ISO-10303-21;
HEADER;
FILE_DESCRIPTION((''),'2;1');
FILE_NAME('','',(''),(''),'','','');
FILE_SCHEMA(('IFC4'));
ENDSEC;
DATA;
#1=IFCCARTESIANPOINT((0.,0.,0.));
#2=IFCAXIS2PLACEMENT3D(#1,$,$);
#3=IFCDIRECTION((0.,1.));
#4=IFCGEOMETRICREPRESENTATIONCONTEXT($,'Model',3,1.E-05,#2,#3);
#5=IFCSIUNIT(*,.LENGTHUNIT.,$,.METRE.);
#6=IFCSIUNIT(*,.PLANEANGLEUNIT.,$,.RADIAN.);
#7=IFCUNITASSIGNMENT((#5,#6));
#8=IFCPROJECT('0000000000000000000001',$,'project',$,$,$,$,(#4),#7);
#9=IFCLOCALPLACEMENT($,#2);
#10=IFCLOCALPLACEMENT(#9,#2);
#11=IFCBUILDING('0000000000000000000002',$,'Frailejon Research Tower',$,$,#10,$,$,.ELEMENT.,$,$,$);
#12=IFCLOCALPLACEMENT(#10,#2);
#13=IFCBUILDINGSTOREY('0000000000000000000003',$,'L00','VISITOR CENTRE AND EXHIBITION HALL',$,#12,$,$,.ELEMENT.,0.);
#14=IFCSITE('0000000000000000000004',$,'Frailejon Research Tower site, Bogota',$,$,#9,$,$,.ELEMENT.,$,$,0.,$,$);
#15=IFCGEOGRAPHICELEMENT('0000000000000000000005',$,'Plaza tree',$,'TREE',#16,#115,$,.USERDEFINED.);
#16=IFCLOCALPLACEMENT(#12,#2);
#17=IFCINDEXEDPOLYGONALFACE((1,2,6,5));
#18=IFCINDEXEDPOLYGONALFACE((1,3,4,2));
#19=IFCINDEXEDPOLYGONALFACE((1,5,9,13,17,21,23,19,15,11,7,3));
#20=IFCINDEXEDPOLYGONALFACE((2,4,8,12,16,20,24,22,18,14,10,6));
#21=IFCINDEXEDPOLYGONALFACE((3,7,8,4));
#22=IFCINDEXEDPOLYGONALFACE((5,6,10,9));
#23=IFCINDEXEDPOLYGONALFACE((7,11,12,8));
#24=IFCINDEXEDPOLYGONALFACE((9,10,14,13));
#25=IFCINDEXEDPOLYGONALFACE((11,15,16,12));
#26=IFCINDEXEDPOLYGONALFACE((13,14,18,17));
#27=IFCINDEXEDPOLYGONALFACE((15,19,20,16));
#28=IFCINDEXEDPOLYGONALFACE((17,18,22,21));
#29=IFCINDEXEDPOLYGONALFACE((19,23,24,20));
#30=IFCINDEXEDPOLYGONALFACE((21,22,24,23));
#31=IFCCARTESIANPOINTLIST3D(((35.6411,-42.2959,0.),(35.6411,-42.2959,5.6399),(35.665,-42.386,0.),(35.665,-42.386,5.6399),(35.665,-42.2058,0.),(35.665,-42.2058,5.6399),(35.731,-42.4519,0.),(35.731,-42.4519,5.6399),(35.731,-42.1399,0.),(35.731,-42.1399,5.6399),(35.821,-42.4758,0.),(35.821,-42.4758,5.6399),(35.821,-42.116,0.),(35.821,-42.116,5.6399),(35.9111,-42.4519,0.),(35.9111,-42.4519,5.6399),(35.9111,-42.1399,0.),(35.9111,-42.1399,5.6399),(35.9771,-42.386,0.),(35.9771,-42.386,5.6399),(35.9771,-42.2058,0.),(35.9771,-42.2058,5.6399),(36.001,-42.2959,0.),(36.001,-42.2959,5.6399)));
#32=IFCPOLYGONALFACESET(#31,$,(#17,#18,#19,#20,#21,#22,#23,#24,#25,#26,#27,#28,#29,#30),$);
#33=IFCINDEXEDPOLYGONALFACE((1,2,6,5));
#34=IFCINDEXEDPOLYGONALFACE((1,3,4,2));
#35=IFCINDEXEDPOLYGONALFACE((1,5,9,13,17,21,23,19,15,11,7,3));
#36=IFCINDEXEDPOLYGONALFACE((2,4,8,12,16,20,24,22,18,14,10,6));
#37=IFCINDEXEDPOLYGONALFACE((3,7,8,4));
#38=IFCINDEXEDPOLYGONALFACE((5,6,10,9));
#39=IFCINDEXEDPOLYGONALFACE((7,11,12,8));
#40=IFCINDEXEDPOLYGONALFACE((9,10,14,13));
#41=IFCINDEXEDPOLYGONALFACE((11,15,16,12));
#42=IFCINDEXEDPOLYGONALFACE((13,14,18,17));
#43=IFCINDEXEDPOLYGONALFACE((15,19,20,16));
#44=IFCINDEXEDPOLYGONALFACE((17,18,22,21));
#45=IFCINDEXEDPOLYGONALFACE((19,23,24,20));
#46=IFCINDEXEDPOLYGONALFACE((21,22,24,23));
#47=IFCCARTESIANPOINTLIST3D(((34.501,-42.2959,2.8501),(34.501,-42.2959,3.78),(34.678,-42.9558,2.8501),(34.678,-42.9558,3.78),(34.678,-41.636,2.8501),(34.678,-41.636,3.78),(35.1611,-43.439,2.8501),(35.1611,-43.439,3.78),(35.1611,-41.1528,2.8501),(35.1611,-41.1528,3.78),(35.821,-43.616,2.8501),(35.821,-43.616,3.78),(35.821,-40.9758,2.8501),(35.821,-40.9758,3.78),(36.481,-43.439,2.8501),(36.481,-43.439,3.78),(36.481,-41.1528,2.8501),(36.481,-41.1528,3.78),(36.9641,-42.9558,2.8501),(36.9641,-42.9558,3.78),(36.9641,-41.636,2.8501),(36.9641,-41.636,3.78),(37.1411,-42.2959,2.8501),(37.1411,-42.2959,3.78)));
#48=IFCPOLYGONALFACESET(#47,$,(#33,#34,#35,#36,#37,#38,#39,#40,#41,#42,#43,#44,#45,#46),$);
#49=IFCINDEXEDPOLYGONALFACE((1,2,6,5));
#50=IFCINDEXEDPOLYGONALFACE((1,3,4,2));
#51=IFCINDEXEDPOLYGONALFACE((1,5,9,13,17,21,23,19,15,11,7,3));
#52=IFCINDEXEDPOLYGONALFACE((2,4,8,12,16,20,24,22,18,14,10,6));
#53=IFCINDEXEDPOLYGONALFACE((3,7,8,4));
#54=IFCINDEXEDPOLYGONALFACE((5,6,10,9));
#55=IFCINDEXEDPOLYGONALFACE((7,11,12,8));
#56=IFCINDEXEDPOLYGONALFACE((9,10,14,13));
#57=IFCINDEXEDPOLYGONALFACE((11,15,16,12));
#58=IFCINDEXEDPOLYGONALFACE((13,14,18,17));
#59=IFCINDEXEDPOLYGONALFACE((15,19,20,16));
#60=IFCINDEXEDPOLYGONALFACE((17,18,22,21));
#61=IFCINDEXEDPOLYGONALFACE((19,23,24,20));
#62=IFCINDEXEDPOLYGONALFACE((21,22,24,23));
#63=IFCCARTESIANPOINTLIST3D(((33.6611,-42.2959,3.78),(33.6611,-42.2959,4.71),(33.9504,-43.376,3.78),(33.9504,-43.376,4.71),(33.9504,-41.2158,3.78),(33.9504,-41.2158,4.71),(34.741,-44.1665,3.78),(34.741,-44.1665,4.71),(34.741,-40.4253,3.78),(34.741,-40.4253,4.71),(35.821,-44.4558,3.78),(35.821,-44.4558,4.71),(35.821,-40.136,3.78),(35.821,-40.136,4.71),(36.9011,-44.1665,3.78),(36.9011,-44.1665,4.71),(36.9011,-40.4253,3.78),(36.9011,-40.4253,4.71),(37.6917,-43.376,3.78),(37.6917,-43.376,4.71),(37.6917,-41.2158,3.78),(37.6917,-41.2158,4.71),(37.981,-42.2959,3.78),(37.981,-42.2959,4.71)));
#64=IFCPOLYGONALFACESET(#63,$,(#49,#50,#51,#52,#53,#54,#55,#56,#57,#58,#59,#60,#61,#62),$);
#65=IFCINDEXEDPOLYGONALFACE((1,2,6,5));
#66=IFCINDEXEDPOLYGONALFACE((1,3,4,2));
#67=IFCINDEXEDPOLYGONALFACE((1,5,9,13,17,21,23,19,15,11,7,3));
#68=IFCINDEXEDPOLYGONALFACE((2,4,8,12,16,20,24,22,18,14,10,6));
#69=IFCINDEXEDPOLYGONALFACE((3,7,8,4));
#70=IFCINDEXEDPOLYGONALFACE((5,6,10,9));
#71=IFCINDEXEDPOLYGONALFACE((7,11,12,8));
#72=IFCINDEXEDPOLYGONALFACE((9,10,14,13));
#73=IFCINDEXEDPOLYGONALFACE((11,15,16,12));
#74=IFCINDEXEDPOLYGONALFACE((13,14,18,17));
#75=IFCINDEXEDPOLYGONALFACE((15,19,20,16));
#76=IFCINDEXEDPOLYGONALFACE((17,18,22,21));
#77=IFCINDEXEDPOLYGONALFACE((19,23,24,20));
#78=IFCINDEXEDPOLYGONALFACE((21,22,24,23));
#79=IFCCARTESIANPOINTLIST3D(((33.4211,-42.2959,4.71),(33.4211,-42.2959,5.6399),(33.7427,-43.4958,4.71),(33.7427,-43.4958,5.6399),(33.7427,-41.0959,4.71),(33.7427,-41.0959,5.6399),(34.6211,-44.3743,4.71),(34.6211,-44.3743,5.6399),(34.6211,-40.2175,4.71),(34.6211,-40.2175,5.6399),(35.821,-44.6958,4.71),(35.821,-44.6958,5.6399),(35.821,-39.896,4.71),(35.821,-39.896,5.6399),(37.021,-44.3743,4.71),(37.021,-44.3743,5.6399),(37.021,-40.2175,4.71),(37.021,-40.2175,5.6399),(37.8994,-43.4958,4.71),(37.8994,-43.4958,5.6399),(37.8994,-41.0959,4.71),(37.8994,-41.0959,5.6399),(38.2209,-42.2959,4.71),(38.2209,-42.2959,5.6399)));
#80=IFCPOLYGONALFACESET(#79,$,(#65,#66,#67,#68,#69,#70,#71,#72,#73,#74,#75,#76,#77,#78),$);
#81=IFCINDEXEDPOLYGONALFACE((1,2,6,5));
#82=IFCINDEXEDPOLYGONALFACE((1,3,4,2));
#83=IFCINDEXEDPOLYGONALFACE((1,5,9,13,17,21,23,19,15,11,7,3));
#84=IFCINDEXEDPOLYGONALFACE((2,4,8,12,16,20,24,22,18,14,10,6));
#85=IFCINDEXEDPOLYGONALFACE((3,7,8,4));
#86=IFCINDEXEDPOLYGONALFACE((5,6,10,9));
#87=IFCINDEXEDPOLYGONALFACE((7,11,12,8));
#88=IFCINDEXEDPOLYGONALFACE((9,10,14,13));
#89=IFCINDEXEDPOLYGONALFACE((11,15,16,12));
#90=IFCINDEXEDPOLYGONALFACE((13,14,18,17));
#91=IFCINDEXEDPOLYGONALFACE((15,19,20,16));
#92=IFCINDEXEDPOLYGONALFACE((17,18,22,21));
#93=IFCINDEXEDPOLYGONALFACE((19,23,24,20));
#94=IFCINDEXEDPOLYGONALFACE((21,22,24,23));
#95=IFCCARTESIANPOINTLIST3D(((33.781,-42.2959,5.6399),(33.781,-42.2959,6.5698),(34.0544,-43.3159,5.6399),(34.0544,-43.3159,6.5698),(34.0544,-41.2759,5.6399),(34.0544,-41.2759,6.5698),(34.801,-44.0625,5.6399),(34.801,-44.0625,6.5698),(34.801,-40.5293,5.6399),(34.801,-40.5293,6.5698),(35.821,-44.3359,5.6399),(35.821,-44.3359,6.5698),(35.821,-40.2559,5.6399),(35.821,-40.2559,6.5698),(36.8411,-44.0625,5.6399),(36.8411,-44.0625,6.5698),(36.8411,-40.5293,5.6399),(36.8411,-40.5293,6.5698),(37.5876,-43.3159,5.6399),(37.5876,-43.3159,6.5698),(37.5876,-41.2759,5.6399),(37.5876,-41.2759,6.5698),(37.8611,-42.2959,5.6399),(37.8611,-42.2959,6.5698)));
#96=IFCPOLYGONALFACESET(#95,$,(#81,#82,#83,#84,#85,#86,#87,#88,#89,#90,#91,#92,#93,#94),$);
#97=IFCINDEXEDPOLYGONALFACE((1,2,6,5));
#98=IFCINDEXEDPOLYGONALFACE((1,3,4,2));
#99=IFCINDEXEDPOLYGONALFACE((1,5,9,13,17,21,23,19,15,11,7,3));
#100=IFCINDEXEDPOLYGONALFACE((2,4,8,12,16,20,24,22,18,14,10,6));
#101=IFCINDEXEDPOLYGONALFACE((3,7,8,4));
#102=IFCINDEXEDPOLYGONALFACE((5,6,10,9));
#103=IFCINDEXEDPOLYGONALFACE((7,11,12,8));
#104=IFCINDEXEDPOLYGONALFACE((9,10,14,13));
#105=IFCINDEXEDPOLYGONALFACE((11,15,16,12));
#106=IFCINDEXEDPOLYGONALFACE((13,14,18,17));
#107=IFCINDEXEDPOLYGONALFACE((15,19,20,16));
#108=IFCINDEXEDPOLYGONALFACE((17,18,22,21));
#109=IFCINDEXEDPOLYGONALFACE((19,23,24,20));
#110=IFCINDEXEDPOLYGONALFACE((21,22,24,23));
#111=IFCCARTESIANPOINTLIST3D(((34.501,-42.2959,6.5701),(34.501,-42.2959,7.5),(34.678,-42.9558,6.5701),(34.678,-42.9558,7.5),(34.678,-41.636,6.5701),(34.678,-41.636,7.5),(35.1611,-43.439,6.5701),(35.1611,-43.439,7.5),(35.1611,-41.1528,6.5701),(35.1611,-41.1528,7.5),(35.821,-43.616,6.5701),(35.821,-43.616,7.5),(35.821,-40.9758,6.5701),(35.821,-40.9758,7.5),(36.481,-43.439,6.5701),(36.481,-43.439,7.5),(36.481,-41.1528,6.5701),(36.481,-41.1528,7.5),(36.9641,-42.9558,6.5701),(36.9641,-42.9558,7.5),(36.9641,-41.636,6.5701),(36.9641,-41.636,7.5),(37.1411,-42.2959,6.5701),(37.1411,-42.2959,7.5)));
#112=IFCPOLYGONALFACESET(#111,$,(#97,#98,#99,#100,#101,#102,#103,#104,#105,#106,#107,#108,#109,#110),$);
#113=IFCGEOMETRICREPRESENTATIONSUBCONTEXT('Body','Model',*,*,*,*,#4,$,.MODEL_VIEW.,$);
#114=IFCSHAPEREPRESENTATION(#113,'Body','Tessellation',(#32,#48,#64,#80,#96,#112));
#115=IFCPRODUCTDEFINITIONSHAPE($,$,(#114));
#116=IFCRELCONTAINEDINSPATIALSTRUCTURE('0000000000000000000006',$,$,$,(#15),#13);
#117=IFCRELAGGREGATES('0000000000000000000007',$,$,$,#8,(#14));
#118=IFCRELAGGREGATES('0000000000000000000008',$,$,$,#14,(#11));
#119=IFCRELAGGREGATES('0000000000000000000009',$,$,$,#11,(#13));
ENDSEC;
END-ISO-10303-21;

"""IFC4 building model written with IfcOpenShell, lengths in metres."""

from ifc_helpers import new_model, si_unit, direction, frame, origin, place, context, subcontext, project, spatial, polyline, outline, extrude, element, save


model = new_model("IFC4")

# Units and contexts
model_context = context("Model", 3, precision=1e-05, world=origin(), true_north=direction((0.0, 1.0)))
body_context = subcontext(model_context, "Body", "Model", "MODEL_VIEW")
ifc_project = project(units=[si_unit("LENGTHUNIT", "METRE"), si_unit("PLANEANGLEUNIT", "RADIAN")], contexts=[model_context])

# Site, building, storey
site_placement = place(None, origin())
site = spatial("IfcSite", under=ifc_project, at=site_placement, Name="Frailejon Research Tower site, Bogota", CompositionType="ELEMENT", RefElevation=0.0)
building_placement = place(site_placement, origin())
building = spatial("IfcBuilding", under=site, at=building_placement, Name="Frailejon Research Tower", CompositionType="ELEMENT")
storey_placement = place(building_placement, origin())
storey = spatial("IfcBuildingStorey", under=building, at=storey_placement, Name="L00", Description="VISITOR CENTRE AND EXHIBITION HALL", CompositionType="ELEMENT", Elevation=0.0)

# Geographic element
geographic_element_1_placement = place(storey_placement, frame((35.821, -42.2959, 0.0)))
element("IfcGeographicElement", 1, at=geographic_element_1_placement, inside=storey, Name="Plaza tree", ObjectType="TREE", PredefinedType="USERDEFINED", context=body_context, shape_type="SweptSolid", body=[
    extrude(outline(polyline([(0.1799, 0.0), (0.156, 0.0901), (0.0901, 0.156), (0.0, 0.1799), (-0.0901, 0.156), (-0.156, 0.0901), (-0.1799, 0.0), (-0.156, -0.0901), (-0.0901, -0.156), (0.0, -0.1799), (0.0901, -0.156), (0.156, -0.0901), (0.1799, 0.0)])), origin(), (0.0, 0.0, 1.0), 5.6399),
    extrude(outline(polyline([(1.3201, 0.0), (1.1431, 0.6599), (0.6599, 1.1431), (0.0, 1.3201), (-0.6599, 1.1431), (-1.1431, 0.6599), (-1.3201, 0.0), (-1.1431, -0.6599), (-0.6599, -1.1431), (0.0, -1.3201), (0.6599, -1.1431), (1.1431, -0.6599), (1.3201, 0.0)])), frame((0.0, 0.0, 2.8501)), (0.0, 0.0, 1.0), 0.9299),
    extrude(outline(polyline([(2.1599, 0.0), (1.8706, 1.0801), (1.0801, 1.8706), (0.0, 2.1599), (-1.0801, 1.8706), (-1.8706, 1.0801), (-2.1599, 0.0), (-1.8706, -1.0801), (-1.0801, -1.8706), (0.0, -2.1599), (1.0801, -1.8706), (1.8706, -1.0801), (2.1599, 0.0)])), frame((0.0, 0.0, 3.78)), (0.0, 0.0, 1.0), 0.9299),
    extrude(outline(polyline([(2.3999, 0.0), (2.0784, 1.2), (1.2, 2.0784), (0.0, 2.3999), (-1.2, 2.0784), (-2.0784, 1.2), (-2.3999, 0.0), (-2.0784, -1.2), (-1.2, -2.0784), (0.0, -2.3999), (1.2, -2.0784), (2.0784, -1.2), (2.3999, 0.0)])), frame((0.0, 0.0, 4.71)), (0.0, 0.0, 1.0), 0.9299),
    extrude(outline(polyline([(2.04, 0.0), (1.7666, 1.02), (1.02, 1.7666), (0.0, 2.04), (-1.02, 1.7666), (-1.7666, 1.02), (-2.04, 0.0), (-1.7666, -1.02), (-1.02, -1.7666), (0.0, -2.04), (1.02, -1.7666), (1.7666, -1.02), (2.04, 0.0)])), frame((0.0, 0.0, 5.6399)), (0.0, 0.0, 1.0), 0.9299),
    extrude(outline(polyline([(1.3201, 0.0), (1.1431, 0.6599), (0.6599, 1.1431), (0.0, 1.3201), (-0.6599, 1.1431), (-1.1431, 0.6599), (-1.3201, 0.0), (-1.1431, -0.6599), (-0.6599, -1.1431), (0.0, -1.3201), (0.6599, -1.1431), (1.1431, -0.6599), (1.3201, 0.0)])), frame((0.0, 0.0, 6.5701)), (0.0, 0.0, 1.0), 0.9299),
])

save(model, "model.ifc")
